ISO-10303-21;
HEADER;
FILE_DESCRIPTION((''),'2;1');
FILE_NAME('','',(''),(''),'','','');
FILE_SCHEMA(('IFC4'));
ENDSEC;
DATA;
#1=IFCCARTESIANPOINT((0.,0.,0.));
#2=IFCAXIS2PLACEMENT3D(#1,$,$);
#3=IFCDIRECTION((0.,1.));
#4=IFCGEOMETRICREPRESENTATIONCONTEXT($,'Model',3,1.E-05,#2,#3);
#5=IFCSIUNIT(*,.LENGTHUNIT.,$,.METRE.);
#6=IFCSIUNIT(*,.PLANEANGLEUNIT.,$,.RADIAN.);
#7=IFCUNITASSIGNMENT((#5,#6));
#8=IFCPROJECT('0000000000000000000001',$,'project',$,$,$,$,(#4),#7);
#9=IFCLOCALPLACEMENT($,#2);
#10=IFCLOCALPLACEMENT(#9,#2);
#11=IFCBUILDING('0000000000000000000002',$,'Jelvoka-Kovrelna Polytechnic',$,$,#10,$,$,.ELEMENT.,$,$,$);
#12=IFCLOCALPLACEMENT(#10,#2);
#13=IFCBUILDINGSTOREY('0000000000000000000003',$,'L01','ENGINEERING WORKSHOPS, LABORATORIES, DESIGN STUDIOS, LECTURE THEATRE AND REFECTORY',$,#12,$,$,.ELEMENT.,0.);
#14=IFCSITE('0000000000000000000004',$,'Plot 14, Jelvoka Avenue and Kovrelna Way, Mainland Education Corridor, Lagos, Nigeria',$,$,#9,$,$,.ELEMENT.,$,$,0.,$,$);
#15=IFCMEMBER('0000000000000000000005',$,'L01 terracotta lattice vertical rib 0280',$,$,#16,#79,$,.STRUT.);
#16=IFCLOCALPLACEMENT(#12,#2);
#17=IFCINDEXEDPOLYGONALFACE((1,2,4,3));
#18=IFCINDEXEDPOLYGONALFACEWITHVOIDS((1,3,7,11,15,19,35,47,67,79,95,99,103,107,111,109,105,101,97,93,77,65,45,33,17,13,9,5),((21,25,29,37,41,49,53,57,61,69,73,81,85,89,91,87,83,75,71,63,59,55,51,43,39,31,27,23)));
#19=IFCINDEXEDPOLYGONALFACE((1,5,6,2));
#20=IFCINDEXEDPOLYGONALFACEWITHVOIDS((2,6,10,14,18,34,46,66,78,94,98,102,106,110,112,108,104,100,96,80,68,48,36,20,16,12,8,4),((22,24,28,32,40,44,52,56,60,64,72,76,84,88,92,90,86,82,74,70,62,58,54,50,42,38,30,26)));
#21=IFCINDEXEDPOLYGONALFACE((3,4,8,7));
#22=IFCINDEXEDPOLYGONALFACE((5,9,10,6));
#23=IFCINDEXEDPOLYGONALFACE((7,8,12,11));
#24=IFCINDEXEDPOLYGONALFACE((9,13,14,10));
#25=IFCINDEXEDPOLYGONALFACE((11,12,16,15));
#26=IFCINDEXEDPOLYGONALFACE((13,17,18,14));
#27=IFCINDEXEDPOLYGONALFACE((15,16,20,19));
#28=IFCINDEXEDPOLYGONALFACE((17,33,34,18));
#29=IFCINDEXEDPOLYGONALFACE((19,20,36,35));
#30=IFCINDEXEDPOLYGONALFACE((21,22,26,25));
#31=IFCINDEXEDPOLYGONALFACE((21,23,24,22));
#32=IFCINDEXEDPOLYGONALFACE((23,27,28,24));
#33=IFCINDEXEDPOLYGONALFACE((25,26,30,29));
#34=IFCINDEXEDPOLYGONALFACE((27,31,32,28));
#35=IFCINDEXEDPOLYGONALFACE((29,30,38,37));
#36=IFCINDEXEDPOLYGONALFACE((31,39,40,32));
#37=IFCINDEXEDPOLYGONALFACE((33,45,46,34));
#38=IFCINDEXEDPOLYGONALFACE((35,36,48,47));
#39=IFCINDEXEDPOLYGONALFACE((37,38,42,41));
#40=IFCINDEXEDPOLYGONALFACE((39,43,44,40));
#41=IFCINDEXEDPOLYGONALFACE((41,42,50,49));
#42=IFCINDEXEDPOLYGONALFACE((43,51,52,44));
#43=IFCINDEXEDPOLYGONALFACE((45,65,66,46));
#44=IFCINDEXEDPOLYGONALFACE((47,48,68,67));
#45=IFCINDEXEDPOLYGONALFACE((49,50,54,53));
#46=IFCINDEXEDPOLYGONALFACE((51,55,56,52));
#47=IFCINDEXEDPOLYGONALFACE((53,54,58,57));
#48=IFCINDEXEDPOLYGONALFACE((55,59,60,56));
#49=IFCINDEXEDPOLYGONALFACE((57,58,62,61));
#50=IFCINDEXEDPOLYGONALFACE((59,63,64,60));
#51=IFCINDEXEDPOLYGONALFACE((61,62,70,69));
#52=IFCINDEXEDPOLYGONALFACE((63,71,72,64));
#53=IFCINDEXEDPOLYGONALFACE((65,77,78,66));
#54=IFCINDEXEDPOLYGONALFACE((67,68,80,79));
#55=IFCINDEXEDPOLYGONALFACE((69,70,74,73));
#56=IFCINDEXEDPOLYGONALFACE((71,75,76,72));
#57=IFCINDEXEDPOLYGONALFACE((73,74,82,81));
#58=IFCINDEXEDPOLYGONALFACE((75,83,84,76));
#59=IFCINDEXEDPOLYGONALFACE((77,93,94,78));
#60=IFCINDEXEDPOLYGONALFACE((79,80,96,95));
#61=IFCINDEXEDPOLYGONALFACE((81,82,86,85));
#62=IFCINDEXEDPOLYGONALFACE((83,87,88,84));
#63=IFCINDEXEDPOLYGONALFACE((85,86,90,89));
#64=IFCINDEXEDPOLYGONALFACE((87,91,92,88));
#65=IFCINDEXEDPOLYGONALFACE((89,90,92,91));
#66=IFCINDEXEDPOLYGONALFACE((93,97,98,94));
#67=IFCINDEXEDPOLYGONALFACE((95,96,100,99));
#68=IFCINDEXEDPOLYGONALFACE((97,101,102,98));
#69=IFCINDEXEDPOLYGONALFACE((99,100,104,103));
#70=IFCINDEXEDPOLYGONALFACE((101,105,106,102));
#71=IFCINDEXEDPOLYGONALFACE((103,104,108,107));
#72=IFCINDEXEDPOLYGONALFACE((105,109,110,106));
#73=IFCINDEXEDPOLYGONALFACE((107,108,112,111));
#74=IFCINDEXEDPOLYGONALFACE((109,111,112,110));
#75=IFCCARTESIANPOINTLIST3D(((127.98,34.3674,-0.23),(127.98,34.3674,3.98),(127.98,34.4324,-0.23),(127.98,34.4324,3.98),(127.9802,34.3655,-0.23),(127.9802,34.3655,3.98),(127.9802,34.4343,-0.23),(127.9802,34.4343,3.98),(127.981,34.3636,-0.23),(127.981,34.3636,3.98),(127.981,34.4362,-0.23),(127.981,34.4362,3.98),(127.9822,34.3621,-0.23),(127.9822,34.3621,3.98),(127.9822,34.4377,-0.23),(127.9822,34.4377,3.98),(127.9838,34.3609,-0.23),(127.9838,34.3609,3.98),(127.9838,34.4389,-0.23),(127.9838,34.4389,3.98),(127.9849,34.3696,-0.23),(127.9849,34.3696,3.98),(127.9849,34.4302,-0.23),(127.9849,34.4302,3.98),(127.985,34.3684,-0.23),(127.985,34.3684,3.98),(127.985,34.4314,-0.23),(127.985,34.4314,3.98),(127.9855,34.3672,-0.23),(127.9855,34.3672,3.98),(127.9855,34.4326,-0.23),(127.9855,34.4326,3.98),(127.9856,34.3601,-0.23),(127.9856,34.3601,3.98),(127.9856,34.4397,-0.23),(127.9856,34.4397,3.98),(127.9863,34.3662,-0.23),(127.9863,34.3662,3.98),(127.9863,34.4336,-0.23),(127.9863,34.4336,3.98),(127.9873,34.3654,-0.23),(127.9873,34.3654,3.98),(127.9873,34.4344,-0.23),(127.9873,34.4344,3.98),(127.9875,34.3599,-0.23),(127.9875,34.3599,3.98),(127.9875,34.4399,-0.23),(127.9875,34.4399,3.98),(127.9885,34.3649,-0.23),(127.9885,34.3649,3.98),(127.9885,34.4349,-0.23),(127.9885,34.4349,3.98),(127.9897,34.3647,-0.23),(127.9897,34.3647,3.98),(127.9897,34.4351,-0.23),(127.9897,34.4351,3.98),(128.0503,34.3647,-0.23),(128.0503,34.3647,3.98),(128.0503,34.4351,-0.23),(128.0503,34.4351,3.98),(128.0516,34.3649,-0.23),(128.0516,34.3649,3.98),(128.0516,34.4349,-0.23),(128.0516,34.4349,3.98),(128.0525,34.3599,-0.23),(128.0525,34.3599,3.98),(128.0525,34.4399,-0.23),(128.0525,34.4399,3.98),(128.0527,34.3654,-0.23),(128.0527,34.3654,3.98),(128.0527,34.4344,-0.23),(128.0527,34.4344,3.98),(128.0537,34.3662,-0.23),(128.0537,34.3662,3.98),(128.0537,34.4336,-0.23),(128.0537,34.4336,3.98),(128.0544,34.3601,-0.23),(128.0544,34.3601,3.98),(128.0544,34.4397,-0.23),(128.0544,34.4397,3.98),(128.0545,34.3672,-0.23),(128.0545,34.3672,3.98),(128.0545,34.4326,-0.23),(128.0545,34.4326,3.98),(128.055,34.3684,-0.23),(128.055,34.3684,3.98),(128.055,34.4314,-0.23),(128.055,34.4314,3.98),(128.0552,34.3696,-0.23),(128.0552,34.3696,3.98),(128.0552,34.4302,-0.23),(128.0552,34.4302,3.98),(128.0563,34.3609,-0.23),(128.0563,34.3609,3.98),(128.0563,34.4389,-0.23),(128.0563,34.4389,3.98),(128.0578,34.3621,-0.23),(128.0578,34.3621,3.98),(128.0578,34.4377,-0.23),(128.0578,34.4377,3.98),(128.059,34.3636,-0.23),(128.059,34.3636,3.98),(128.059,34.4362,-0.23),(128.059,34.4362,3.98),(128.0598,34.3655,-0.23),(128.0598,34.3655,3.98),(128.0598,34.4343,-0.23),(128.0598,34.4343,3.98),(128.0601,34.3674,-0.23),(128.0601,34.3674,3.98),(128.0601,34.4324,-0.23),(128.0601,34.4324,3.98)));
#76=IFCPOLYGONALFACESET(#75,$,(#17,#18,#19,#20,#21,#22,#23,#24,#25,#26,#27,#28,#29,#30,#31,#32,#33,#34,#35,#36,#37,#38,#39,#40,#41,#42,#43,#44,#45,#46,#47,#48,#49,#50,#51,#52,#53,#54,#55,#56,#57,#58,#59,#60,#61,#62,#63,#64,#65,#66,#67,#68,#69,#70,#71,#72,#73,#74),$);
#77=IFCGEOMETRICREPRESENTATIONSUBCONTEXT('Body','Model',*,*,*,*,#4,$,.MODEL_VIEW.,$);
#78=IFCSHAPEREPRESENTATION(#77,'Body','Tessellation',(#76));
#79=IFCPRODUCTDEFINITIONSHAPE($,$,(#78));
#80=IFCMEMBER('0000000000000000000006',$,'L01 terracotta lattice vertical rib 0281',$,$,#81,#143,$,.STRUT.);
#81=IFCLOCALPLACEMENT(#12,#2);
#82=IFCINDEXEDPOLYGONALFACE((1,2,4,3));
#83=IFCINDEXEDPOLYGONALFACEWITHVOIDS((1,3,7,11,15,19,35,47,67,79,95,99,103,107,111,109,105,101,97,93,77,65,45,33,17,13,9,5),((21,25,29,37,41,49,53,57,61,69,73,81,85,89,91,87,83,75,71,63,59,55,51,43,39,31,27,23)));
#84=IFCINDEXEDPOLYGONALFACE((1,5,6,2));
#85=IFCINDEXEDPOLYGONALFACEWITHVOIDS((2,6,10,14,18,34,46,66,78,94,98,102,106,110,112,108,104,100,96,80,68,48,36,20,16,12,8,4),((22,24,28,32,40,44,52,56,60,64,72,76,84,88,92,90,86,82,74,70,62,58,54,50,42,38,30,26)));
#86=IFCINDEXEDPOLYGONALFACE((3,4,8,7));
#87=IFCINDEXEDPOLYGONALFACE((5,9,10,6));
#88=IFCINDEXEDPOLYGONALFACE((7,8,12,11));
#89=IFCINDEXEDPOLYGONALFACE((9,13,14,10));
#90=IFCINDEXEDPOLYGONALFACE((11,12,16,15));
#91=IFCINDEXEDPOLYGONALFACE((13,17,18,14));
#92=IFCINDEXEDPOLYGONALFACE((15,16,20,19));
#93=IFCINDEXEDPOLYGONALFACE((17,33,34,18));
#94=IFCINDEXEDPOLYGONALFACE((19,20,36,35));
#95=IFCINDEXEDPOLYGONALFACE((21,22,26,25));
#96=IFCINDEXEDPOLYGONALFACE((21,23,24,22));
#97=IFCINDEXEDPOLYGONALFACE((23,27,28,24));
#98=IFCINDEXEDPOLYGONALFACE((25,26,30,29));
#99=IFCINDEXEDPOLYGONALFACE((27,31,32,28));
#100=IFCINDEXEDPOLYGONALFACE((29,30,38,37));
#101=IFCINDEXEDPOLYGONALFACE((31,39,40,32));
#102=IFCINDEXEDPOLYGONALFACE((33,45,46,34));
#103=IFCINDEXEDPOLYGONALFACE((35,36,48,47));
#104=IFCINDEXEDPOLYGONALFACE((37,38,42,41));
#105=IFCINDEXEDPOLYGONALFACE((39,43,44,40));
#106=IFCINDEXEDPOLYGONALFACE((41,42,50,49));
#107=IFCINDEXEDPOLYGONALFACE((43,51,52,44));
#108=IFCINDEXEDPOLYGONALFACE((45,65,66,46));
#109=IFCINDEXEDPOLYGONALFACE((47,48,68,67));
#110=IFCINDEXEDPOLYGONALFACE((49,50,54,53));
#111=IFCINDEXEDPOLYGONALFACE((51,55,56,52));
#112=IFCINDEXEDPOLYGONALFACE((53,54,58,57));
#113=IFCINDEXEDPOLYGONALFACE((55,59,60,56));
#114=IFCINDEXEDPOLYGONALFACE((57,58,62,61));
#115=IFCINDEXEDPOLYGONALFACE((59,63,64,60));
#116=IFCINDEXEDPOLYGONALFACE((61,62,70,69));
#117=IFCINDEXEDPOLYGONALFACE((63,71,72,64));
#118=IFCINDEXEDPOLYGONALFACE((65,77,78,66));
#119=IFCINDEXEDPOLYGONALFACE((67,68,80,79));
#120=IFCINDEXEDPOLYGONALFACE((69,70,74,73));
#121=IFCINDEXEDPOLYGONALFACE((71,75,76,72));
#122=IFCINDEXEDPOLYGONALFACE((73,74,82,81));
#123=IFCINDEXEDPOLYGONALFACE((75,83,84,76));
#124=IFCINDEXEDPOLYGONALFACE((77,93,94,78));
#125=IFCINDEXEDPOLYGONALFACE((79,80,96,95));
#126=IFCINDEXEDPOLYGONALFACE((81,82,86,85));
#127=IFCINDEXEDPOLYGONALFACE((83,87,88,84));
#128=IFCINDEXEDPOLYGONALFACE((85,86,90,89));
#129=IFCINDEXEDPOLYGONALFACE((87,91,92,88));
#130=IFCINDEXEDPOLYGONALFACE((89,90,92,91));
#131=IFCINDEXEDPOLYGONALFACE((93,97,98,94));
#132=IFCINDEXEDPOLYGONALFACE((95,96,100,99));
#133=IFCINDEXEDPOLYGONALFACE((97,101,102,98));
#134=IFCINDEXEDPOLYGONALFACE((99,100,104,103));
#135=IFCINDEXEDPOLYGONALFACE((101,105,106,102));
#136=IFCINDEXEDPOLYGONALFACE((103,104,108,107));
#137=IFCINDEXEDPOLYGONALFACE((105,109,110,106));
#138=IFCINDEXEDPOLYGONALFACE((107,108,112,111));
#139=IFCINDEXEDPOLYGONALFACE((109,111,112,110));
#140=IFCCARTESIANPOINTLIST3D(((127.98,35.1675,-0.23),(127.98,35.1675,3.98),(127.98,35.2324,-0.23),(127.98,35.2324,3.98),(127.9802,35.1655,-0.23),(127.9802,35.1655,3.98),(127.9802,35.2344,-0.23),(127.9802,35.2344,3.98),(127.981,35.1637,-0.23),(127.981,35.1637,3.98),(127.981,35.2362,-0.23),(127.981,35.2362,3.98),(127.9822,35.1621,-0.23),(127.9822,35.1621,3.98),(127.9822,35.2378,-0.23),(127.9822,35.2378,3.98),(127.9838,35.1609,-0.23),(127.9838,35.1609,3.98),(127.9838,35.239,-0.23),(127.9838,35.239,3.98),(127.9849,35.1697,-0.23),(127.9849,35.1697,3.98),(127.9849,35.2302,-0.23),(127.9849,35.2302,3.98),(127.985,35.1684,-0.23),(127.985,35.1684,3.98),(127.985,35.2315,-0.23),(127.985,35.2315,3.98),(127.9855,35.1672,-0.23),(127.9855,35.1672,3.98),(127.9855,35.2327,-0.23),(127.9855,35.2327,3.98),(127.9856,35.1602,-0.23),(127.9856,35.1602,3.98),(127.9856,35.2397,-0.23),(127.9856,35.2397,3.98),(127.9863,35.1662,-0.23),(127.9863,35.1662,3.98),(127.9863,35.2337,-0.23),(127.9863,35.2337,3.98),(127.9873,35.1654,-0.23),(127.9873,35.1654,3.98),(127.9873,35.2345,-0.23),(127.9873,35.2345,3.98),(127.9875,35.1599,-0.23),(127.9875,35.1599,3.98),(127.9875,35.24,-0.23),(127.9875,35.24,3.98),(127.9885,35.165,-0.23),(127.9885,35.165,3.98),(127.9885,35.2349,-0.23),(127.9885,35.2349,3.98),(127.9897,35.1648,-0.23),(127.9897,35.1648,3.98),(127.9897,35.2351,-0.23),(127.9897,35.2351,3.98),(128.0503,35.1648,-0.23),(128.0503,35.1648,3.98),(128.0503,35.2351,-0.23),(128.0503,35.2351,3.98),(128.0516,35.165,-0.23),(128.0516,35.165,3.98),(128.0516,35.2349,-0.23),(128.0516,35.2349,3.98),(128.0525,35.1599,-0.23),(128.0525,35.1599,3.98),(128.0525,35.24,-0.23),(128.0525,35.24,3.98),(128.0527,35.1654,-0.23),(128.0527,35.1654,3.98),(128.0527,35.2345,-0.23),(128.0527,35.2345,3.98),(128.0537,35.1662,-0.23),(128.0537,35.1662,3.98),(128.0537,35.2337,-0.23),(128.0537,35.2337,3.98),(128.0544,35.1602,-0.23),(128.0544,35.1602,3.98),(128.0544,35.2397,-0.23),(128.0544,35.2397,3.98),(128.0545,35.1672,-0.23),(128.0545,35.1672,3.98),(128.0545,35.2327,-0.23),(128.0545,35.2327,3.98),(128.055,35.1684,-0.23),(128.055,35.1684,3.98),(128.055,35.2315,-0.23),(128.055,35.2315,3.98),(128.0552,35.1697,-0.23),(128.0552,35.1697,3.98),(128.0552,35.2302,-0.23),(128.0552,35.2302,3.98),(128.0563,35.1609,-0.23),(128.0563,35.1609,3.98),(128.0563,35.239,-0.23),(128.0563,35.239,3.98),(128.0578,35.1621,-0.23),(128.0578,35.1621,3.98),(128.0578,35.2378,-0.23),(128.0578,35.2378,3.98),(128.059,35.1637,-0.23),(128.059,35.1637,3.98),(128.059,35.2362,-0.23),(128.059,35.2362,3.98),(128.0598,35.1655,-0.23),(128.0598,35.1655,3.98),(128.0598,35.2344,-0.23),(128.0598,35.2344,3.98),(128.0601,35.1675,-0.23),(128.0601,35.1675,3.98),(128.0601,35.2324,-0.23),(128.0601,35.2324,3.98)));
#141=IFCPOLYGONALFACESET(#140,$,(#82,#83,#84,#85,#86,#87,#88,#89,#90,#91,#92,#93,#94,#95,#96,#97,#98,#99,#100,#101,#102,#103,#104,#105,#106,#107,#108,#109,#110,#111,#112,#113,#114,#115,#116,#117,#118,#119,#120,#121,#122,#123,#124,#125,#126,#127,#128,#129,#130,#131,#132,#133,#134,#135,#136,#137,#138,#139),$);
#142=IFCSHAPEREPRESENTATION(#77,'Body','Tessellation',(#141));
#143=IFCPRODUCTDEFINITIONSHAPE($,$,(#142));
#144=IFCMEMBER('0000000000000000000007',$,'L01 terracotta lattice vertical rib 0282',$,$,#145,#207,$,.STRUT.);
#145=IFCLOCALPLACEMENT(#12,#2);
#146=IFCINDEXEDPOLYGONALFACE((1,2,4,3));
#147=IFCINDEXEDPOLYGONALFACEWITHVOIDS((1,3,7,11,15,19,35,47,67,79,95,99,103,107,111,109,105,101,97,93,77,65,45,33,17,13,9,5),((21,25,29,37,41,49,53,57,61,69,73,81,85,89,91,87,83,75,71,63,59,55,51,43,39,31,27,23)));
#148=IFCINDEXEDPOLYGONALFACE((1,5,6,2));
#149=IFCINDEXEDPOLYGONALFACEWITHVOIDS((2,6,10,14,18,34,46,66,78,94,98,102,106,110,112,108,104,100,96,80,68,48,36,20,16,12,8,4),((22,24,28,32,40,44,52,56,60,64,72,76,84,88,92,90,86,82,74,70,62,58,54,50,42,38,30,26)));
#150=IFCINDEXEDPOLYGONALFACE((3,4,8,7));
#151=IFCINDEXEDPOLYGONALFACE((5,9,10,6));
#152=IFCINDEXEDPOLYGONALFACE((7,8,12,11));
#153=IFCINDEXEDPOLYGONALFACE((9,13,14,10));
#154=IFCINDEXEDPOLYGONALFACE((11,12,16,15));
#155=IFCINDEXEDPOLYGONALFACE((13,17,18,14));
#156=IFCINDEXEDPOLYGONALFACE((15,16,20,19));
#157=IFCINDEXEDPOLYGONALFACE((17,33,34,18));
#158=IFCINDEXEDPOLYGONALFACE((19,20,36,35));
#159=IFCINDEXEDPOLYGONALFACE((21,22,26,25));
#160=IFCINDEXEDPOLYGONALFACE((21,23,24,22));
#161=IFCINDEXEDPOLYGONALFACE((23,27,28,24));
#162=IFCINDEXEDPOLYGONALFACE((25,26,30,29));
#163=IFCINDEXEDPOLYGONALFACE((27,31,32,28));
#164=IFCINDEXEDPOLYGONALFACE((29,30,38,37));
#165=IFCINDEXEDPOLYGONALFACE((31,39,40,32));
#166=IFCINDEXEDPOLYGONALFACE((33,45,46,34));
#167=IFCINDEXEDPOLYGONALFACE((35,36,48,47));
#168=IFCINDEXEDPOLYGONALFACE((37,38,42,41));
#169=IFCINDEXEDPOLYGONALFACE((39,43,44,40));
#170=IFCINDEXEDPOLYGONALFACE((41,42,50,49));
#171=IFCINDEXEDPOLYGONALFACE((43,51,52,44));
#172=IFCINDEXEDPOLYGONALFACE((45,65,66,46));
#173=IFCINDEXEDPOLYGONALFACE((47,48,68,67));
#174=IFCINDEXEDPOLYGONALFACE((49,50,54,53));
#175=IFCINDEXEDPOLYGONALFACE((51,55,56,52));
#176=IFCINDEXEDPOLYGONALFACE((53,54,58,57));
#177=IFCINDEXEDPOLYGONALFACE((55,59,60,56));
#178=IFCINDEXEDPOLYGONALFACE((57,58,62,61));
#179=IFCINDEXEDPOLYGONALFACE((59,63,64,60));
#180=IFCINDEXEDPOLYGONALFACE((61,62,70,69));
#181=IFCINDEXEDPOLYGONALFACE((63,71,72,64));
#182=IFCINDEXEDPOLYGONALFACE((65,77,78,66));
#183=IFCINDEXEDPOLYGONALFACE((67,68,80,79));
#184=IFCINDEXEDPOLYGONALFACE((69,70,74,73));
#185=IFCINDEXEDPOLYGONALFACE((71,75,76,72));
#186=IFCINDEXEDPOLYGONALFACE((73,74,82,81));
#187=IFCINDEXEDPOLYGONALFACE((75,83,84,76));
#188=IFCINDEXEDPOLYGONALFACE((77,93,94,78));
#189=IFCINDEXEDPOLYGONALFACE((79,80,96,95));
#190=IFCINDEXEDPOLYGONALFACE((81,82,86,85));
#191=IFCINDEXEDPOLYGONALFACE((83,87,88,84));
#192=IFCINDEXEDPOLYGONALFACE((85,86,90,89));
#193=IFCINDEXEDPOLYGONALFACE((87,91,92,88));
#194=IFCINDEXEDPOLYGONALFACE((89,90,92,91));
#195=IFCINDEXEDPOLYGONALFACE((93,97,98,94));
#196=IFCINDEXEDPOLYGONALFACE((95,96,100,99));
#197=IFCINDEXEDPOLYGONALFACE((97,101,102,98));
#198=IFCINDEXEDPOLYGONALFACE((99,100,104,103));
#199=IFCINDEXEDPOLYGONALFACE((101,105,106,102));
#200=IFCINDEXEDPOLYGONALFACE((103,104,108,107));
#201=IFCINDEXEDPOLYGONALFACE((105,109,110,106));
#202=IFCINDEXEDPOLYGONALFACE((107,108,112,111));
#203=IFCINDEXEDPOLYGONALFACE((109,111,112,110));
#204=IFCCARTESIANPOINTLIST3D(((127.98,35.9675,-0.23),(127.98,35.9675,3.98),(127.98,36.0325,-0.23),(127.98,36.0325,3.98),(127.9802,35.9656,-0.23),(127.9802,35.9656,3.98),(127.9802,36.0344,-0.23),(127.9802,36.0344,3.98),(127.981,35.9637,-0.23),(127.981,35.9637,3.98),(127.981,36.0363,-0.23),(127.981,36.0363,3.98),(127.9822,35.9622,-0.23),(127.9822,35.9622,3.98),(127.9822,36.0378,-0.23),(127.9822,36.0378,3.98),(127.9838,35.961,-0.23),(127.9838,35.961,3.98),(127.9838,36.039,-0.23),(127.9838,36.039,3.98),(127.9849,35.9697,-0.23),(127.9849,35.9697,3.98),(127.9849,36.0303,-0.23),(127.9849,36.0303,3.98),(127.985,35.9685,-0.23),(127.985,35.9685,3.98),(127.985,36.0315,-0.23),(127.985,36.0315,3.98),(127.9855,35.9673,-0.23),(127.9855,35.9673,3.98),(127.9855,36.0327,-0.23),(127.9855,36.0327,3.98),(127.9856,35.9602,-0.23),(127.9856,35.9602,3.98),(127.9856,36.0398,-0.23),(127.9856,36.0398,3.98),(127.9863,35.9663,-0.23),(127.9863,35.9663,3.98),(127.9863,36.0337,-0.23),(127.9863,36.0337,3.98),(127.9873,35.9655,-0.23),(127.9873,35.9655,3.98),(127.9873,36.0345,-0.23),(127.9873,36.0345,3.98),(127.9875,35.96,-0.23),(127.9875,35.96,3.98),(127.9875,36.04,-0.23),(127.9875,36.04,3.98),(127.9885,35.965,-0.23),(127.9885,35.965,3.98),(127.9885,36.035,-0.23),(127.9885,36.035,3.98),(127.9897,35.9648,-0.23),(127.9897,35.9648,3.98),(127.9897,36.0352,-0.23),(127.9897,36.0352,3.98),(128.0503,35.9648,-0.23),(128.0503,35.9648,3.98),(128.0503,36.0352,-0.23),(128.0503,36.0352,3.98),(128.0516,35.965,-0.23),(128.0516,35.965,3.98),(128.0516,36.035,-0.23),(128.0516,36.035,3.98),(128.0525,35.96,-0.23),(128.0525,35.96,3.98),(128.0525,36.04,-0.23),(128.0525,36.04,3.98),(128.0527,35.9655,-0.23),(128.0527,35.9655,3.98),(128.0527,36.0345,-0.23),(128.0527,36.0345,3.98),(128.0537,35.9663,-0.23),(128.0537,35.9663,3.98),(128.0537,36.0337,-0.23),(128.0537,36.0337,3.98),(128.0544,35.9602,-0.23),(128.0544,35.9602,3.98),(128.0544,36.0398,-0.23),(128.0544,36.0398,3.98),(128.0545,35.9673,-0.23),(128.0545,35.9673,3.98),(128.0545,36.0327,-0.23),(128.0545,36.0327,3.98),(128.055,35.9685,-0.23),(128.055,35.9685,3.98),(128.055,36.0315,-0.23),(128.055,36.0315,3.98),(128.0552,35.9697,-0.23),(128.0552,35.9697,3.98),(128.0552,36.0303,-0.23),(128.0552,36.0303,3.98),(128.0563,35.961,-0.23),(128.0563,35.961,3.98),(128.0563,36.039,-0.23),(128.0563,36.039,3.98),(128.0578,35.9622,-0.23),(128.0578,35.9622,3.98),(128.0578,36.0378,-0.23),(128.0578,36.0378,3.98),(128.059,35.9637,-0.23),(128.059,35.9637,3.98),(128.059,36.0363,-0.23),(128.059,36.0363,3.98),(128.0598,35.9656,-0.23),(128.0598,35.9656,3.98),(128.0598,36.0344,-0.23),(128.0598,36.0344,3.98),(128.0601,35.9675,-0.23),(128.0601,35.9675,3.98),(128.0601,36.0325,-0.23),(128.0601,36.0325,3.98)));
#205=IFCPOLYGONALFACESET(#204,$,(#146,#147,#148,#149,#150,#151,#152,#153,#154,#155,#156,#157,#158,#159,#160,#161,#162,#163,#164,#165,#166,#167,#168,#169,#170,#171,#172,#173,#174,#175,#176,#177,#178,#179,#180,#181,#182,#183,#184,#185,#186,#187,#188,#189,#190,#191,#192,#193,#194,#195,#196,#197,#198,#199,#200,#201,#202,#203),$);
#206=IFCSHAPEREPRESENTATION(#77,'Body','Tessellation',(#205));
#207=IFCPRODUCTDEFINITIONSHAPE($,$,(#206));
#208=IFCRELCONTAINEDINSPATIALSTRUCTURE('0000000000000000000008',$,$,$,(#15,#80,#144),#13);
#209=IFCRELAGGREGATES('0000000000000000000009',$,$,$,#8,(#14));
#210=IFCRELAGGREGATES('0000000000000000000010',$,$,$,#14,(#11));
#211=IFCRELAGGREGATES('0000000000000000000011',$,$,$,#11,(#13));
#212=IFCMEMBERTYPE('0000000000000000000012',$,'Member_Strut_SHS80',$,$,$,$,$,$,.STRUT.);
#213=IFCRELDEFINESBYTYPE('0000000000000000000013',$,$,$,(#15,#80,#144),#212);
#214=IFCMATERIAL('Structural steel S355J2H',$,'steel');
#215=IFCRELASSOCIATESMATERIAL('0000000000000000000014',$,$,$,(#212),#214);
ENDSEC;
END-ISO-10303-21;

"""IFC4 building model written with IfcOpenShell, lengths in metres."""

from ifc_helpers import new_model, si_unit, direction, frame, origin, origin_2d, place, context, subcontext, project, spatial, hollow_rectangle, extrude, material, material_profile, profile_set, type_object, element, save


model = new_model("IFC4")

# Units and contexts
model_context = context("Model", 3, precision=1e-05, world=origin(), true_north=direction((0.0, 1.0)))
body_context = subcontext(model_context, "Body", "Model", "MODEL_VIEW")
ifc_project = project(units=[si_unit("LENGTHUNIT", "METRE"), si_unit("PLANEANGLEUNIT", "RADIAN")], contexts=[model_context])

# Site, building, storey
site_placement = place(None, origin())
site = spatial("IfcSite", under=ifc_project, at=site_placement, Name="Plot 14, Jelvoka Avenue and Kovrelna Way, Mainland Education Corridor, Lagos, Nigeria", CompositionType="ELEMENT", RefElevation=0.0)
building_placement = place(site_placement, origin())
building = spatial("IfcBuilding", under=site, at=building_placement, Name="Jelvoka-Kovrelna Polytechnic", CompositionType="ELEMENT")
storey_placement = place(building_placement, origin())
storey = spatial("IfcBuildingStorey", under=building, at=storey_placement, Name="L01", Description="ENGINEERING WORKSHOPS, LABORATORIES, DESIGN STUDIOS, LECTURE THEATRE AND REFECTORY", CompositionType="ELEMENT", Elevation=0.0)

# Members
ifc_material_1 = material(Name="Structural steel S355J2H", Category="steel")
ifc_material_profile_1 = material_profile(ifc_material_1, hollow_rectangle(XDim=0.0801, YDim=0.0801, WallThickness=0.0049, InnerFilletRadius=0.0049, OuterFilletRadius=0.0076, at=origin_2d()), Name="80x80x5.0 SHS")
ifc_profile_set_1 = profile_set([ifc_material_profile_1], Name="Structural steel S355J2H")
member_type = type_object("IfcMemberType", Name="Member_Strut_SHS80", PredefinedType="STRUT", material=ifc_profile_set_1)
for number, where, z_axis, x_axis, name in (
    (1, (128.02, 34.3999, -0.23), (0.0, 0.0, 1.0), (1.0, 0.0, 0.0), "L01 terracotta lattice vertical rib 0280"),
    (2, (128.02, 35.2, -0.23), (0.0, 0.0, 1.0), (1.0, 0.0, 0.0), "L01 terracotta lattice vertical rib 0281"),
    (3, (128.02, 36.0, -0.23), (0.0, 0.0, 1.0), (1.0, 0.0, 0.0), "L01 terracotta lattice vertical rib 0282"),
):
    element("IfcMember", number, at=place(storey_placement, frame(where, z_axis=z_axis, x_axis=x_axis)), inside=storey, type_object=member_type, Name=name, PredefinedType="STRUT", context=body_context, shape_type="SweptSolid", body=[
        extrude(hollow_rectangle(XDim=0.0801, YDim=0.0801, WallThickness=0.0049, InnerFilletRadius=0.0049, OuterFilletRadius=0.0076, at=origin_2d()), origin(), (0.0, 0.0, 1.0), 4.21),
    ])

save(model, "model.ifc")
